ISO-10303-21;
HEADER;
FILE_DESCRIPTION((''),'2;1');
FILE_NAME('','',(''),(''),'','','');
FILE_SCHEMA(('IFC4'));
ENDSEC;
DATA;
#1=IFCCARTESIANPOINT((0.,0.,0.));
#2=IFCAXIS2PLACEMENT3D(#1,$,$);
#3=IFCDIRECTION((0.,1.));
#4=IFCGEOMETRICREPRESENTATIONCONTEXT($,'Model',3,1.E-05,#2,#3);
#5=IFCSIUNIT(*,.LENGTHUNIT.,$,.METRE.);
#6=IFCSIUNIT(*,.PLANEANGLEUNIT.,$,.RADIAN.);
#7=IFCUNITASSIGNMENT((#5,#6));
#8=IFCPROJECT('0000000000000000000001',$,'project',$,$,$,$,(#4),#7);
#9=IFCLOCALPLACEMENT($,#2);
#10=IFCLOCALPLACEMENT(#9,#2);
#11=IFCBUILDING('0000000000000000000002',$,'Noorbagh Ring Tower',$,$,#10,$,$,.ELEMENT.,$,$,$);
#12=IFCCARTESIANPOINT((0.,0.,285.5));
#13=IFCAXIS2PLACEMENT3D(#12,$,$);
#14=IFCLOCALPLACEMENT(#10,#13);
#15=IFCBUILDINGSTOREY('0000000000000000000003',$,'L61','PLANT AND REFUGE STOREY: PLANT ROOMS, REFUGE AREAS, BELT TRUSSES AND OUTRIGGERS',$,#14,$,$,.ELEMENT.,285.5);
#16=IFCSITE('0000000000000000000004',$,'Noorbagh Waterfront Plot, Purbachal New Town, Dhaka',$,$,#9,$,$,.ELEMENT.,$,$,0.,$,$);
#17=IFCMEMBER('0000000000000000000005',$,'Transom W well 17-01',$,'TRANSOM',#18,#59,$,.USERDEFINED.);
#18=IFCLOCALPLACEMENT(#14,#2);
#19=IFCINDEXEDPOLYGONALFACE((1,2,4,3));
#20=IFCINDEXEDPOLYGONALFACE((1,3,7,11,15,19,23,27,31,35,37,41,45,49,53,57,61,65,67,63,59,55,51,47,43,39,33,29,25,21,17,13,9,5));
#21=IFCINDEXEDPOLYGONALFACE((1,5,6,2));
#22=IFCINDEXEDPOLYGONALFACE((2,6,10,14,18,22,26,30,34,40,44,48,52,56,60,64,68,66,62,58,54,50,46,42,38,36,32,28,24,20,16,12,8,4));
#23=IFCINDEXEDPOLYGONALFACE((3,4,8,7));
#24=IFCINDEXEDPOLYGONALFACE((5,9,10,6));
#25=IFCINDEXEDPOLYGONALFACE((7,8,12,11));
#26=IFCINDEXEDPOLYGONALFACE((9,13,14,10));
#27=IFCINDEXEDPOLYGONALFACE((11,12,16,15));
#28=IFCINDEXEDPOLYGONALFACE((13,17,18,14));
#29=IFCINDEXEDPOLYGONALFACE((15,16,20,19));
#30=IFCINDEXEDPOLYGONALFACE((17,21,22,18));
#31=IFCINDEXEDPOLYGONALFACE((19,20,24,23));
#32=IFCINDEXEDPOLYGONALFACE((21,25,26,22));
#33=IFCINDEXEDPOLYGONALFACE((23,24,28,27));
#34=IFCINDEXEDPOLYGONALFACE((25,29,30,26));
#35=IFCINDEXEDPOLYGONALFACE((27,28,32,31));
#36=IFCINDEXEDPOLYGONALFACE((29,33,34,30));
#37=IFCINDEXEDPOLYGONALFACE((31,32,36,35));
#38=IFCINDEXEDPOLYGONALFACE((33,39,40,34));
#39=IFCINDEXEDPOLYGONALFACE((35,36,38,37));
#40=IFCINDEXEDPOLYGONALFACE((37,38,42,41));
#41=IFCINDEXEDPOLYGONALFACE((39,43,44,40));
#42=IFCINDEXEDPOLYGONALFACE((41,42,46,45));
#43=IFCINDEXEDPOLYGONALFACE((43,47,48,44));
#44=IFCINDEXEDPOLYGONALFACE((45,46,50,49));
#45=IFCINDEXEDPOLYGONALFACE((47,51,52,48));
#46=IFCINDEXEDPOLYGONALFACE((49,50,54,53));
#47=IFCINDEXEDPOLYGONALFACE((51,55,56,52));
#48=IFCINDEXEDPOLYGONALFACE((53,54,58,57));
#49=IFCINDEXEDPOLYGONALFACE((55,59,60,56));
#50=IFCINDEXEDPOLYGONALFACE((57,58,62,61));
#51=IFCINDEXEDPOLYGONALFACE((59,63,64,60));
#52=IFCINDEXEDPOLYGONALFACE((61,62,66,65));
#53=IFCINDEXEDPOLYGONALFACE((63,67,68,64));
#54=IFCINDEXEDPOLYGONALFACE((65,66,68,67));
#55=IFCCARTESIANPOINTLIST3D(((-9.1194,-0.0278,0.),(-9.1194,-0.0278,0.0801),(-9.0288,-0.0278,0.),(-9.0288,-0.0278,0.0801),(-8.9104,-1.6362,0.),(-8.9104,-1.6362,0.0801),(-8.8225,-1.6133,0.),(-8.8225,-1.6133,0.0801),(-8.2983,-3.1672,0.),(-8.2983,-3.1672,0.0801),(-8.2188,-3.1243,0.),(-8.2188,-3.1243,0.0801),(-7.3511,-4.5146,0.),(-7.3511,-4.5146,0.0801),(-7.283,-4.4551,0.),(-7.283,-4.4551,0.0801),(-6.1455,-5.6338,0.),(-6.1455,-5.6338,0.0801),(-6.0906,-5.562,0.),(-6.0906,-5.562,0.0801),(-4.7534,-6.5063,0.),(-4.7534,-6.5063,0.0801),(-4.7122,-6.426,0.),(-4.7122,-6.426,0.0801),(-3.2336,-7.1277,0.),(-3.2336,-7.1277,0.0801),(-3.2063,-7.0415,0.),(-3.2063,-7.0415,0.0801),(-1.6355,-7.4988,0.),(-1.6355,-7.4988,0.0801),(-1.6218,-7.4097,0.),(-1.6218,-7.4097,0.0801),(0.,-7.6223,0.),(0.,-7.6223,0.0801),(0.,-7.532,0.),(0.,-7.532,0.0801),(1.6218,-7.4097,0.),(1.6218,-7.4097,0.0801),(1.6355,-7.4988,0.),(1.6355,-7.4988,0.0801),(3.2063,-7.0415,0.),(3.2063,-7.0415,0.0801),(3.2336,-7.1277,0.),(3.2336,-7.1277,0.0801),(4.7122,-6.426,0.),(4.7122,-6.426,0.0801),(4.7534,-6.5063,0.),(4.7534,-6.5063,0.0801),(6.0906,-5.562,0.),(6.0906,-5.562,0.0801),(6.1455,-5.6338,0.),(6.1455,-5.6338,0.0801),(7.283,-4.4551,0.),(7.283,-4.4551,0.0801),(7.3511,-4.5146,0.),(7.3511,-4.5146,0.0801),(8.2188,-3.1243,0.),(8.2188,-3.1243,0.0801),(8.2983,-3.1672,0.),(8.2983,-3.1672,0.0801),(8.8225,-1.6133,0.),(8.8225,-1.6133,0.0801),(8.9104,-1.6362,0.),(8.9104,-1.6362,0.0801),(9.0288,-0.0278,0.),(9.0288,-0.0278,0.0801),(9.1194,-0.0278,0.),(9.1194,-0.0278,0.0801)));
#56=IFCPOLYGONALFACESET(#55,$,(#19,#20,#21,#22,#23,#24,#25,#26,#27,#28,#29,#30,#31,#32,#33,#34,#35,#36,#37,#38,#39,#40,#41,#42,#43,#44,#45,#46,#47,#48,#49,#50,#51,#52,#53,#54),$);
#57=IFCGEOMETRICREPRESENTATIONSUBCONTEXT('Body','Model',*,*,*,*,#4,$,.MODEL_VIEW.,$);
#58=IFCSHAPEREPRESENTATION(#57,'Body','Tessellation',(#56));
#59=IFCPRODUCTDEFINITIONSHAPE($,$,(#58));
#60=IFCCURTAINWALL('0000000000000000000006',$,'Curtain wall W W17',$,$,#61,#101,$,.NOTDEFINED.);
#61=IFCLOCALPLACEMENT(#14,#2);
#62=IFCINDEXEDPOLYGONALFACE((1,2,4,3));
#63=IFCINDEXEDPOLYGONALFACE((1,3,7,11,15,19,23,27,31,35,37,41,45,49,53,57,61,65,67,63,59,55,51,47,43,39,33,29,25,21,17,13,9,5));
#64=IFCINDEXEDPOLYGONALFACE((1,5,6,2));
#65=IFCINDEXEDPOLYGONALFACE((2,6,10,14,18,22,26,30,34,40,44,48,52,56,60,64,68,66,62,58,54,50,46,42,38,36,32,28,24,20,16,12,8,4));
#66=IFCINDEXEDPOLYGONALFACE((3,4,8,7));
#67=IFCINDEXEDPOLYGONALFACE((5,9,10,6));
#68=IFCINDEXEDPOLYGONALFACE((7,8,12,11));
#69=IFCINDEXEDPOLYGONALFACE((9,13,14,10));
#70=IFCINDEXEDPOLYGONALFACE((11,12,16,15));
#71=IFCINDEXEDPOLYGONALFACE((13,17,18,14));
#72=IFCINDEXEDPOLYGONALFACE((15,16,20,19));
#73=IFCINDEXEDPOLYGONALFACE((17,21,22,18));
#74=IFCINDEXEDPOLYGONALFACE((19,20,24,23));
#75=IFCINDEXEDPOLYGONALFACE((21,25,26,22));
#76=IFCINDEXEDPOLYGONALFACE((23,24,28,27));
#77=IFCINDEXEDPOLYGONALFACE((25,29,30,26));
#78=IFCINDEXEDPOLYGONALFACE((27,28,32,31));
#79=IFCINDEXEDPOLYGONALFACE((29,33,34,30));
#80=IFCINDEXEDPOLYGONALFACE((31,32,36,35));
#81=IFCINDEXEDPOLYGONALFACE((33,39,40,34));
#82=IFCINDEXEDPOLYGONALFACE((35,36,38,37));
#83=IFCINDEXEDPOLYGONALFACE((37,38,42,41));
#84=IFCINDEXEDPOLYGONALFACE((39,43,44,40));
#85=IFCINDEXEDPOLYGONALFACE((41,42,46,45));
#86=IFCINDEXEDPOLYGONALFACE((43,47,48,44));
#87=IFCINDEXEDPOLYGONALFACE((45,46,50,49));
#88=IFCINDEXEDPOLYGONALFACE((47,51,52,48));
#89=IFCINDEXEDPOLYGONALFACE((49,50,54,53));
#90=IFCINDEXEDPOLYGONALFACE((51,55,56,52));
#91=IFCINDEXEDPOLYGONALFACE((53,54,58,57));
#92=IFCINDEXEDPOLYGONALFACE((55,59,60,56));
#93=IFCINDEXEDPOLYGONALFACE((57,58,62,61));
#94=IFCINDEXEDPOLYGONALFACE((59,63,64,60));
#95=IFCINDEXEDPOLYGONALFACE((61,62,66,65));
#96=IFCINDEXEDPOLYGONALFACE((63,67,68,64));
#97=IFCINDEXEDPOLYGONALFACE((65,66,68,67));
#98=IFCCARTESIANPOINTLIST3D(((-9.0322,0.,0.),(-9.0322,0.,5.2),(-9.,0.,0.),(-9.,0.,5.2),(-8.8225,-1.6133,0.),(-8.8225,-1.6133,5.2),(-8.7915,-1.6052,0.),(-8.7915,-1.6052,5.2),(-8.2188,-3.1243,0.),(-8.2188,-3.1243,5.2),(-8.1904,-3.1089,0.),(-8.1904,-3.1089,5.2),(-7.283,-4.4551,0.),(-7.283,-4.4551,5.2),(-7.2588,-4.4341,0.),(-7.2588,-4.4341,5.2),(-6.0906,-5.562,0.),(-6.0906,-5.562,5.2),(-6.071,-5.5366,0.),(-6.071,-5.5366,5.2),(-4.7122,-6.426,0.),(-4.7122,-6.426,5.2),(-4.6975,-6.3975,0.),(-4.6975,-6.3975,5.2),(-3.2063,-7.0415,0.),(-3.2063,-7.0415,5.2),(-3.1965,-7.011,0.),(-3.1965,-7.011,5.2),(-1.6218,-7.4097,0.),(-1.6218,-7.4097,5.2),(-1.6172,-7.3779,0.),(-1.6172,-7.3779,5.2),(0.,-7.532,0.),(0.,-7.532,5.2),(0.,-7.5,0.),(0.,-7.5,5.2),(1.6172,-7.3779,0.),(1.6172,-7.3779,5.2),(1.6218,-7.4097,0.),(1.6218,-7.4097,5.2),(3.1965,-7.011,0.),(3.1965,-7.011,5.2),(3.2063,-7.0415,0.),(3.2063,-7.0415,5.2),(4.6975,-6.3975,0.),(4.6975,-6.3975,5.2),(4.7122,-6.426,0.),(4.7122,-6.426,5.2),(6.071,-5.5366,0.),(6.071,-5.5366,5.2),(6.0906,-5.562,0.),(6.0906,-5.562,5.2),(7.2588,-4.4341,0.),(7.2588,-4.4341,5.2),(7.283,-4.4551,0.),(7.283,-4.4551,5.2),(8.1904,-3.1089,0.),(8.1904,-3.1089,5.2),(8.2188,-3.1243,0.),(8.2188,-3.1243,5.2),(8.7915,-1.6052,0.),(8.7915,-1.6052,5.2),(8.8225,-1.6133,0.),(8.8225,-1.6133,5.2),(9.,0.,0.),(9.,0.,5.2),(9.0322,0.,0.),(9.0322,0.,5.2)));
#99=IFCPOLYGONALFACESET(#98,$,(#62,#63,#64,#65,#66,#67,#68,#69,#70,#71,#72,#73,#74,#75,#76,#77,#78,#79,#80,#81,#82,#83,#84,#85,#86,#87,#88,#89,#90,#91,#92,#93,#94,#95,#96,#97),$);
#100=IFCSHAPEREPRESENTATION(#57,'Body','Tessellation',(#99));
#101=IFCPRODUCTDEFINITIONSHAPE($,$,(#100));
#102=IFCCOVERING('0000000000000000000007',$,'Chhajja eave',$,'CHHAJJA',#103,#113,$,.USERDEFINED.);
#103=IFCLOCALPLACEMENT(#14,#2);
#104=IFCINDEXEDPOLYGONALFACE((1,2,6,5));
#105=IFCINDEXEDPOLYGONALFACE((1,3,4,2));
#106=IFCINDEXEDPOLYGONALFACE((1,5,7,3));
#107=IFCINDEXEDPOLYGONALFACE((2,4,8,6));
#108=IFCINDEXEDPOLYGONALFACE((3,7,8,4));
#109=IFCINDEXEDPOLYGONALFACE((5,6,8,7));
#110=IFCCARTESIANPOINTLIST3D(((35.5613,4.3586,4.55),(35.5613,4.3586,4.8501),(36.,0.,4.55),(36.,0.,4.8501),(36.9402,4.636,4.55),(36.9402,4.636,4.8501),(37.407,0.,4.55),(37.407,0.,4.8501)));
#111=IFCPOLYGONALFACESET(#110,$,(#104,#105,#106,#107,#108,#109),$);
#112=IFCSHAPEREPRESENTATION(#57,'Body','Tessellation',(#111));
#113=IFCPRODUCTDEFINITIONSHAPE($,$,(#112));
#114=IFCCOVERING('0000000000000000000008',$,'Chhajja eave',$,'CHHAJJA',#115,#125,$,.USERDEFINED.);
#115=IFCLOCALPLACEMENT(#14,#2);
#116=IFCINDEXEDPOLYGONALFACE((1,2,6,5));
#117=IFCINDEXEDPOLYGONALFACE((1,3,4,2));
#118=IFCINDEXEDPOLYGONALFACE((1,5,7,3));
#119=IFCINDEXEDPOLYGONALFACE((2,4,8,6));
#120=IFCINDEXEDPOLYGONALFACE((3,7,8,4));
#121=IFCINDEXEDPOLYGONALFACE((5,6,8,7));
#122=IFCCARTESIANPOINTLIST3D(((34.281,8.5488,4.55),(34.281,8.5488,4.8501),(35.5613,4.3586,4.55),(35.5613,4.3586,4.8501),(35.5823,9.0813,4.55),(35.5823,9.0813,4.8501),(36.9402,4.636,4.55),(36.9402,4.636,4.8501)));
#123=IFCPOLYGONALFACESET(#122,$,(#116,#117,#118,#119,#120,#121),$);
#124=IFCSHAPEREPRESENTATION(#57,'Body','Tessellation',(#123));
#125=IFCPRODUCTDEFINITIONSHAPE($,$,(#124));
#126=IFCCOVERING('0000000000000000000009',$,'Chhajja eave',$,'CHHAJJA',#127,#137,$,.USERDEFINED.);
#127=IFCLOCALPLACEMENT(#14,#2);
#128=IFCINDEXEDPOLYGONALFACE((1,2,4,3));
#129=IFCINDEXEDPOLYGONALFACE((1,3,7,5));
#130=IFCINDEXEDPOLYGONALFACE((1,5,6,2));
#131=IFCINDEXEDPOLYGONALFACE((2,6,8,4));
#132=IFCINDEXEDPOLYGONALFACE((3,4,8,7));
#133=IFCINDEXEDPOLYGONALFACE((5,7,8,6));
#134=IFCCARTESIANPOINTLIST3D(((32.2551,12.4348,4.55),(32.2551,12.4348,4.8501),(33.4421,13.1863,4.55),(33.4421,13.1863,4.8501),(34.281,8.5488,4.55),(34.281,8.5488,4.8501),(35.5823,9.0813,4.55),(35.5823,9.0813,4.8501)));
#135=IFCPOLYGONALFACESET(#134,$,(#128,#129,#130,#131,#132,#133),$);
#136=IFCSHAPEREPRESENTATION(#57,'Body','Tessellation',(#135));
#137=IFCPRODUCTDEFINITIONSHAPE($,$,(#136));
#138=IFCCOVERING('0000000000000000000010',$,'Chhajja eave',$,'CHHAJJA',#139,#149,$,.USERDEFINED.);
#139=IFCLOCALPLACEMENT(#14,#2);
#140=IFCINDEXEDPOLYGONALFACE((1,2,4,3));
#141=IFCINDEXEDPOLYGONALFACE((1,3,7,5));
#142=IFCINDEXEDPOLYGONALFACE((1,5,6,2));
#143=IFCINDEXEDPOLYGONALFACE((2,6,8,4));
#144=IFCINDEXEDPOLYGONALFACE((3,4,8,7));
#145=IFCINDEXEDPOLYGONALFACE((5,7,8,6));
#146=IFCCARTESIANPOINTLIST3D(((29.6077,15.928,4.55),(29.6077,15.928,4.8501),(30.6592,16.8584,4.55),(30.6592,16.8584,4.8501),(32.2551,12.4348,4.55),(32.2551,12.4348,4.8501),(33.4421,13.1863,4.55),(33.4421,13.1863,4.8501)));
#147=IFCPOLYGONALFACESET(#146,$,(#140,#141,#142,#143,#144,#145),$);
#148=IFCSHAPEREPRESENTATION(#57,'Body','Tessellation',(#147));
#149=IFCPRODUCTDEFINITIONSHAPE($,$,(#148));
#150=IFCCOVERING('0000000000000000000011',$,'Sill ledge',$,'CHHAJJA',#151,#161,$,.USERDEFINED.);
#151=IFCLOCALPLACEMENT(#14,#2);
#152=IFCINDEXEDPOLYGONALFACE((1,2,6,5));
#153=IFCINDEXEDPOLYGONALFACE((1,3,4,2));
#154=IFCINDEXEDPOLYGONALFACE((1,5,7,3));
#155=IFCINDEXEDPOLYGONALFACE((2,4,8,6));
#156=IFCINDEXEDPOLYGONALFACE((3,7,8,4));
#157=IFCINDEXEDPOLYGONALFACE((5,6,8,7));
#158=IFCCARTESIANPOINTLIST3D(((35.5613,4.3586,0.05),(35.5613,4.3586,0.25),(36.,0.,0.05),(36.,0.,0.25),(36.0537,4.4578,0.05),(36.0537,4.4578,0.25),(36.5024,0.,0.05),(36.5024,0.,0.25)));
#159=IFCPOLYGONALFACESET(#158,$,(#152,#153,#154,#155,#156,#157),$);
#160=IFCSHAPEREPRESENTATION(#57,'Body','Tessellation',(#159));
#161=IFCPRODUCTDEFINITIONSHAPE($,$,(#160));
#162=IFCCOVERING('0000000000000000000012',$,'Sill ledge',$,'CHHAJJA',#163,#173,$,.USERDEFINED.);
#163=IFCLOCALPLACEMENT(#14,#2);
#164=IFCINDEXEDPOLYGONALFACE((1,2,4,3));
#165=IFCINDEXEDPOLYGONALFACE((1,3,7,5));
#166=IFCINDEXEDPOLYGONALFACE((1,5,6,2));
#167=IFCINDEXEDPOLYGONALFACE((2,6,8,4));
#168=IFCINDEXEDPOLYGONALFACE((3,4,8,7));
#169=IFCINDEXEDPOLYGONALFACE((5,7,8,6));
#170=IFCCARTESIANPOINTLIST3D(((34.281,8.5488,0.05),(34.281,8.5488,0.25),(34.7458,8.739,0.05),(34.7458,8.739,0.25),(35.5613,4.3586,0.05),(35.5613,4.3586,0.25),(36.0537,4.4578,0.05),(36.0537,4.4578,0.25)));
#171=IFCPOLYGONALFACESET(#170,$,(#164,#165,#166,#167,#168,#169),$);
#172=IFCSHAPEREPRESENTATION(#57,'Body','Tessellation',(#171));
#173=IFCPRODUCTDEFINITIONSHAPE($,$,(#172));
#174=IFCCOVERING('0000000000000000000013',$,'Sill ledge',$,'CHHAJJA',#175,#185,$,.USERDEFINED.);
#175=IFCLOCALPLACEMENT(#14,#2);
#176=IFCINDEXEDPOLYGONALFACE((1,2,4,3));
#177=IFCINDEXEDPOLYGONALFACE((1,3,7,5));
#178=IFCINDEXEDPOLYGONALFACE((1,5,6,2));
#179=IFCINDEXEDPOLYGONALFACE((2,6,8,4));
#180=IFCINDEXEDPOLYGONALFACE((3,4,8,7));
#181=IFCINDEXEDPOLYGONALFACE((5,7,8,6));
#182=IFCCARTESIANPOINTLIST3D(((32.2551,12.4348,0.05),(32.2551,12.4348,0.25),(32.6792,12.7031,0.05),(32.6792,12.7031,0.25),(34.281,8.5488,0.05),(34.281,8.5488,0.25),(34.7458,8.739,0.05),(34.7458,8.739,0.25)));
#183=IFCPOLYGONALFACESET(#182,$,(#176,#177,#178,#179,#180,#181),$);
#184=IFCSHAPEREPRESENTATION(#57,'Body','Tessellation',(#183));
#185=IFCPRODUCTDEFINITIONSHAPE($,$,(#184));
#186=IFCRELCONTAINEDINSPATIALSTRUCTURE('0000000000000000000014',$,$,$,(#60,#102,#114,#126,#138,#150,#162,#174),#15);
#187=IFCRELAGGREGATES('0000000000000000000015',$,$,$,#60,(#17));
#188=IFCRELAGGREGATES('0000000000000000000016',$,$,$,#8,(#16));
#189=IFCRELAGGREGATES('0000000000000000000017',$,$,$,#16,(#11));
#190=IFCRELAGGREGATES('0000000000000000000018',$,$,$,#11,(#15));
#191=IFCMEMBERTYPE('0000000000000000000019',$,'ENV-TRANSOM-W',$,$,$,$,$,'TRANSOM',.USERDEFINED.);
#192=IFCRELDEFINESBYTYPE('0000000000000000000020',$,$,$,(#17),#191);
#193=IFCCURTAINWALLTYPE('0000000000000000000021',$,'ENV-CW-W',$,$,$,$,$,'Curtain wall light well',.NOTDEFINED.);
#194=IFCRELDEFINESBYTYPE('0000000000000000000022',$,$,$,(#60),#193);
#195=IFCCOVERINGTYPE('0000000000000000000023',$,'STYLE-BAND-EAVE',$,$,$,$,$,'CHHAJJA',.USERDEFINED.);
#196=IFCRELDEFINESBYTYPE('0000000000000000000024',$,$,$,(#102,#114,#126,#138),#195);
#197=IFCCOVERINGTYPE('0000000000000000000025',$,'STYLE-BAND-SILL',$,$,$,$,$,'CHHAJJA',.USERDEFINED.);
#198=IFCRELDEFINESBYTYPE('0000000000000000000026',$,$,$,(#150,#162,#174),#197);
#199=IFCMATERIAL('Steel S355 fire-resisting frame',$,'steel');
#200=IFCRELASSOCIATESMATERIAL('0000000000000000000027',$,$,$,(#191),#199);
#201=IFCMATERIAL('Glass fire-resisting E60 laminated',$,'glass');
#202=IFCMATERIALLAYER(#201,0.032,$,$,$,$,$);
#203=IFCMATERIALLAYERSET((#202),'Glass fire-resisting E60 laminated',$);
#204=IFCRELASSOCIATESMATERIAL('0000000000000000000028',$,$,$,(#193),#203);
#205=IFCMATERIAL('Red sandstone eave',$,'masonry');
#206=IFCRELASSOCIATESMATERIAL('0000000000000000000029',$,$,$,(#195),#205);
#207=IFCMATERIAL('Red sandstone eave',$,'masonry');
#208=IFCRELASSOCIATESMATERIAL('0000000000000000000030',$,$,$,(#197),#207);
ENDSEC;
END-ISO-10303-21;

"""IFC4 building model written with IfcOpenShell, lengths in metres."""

from ifc_helpers import new_model, si_unit, direction, frame, origin, place, context, subcontext, project, spatial, polyline, outline, extrude, material, layer, layer_set, type_object, element, aggregate, save


model = new_model("IFC4")

# Units and contexts
model_context = context("Model", 3, precision=1e-05, world=origin(), true_north=direction((0.0, 1.0)))
body_context = subcontext(model_context, "Body", "Model", "MODEL_VIEW")
ifc_project = project(units=[si_unit("LENGTHUNIT", "METRE"), si_unit("PLANEANGLEUNIT", "RADIAN")], contexts=[model_context])

# Member
site_placement = place(None, origin())
building_placement = place(site_placement, origin())
storey_placement = place(building_placement, frame((0.0, 0.0, 285.5)))
ifc_material_1 = material(Name="Steel S355 fire-resisting frame", Category="steel")
member_type_1 = type_object("IfcMemberType", Name="ENV-TRANSOM-W", ElementType="TRANSOM", PredefinedType="USERDEFINED", material=ifc_material_1)
member_1_placement = place(storey_placement, origin())
member_1 = element("IfcMember", 1, at=member_1_placement, type_object=member_type_1, Name="Transom W well 17-01", ObjectType="TRANSOM", PredefinedType="USERDEFINED", context=body_context, shape_type="SweptSolid", body=[
    extrude(outline(polyline([(-9.1194, -0.0278), (-8.9104, -1.6362), (-8.2983, -3.1672), (-7.3511, -4.5146), (-6.1455, -5.6338), (-4.7534, -6.5063), (-3.2336, -7.1277), (-1.6355, -7.4988), (0.0, -7.6223), (1.6355, -7.4988), (3.2336, -7.1277), (4.7534, -6.5063), (6.1455, -5.6338), (7.3511, -4.5146), (8.2983, -3.1672), (8.9104, -1.6362), (9.1194, -0.0278), (9.0288, -0.0278), (8.8225, -1.6133), (8.2188, -3.1243), (7.283, -4.4551), (6.0906, -5.562), (4.7122, -6.426), (3.2063, -7.0415), (1.6218, -7.4097), (0.0, -7.532), (-1.6218, -7.4097), (-3.2063, -7.0415), (-4.7122, -6.426), (-6.0906, -5.562), (-7.283, -4.4551), (-8.2188, -3.1243), (-8.8225, -1.6133), (-9.0288, -0.0278), (-9.1194, -0.0278)])), origin(), (0.0, 0.0, 1.0), 0.0801),
])

# Site, building, storey
site = spatial("IfcSite", under=ifc_project, at=site_placement, Name="Noorbagh Waterfront Plot, Purbachal New Town, Dhaka", CompositionType="ELEMENT", RefElevation=0.0)
building = spatial("IfcBuilding", under=site, at=building_placement, Name="Noorbagh Ring Tower", CompositionType="ELEMENT")
storey = spatial("IfcBuildingStorey", under=building, at=storey_placement, Name="L61", Description="PLANT AND REFUGE STOREY: PLANT ROOMS, REFUGE AREAS, BELT TRUSSES AND OUTRIGGERS", CompositionType="ELEMENT", Elevation=285.5)

# Curtain wall
ifc_material_2 = material(Name="Glass fire-resisting E60 laminated", Category="glass")
ifc_layer_1 = layer(ifc_material_2, 0.032)
ifc_layer_set_1 = layer_set([ifc_layer_1], Name="Glass fire-resisting E60 laminated")
curtain_wall_type_1 = type_object("IfcCurtainWallType", Name="ENV-CW-W", ElementType="Curtain wall light well", PredefinedType="NOTDEFINED", material=ifc_layer_set_1)
curtain_wall_1_placement = place(storey_placement, origin())
curtain_wall_1 = element("IfcCurtainWall", 2, at=curtain_wall_1_placement, inside=storey, type_object=curtain_wall_type_1, Name="Curtain wall W W17", PredefinedType="NOTDEFINED", context=body_context, shape_type="SweptSolid", body=[
    extrude(outline(polyline([(-9.0322, 0.0), (-8.8225, -1.6133), (-8.2188, -3.1243), (-7.283, -4.4551), (-6.0906, -5.562), (-4.7122, -6.426), (-3.2063, -7.0415), (-1.6218, -7.4097), (0.0, -7.532), (1.6218, -7.4097), (3.2063, -7.0415), (4.7122, -6.426), (6.0906, -5.562), (7.283, -4.4551), (8.2188, -3.1243), (8.8225, -1.6133), (9.0322, 0.0), (9.0, 0.0), (8.7915, -1.6052), (8.1904, -3.1089), (7.2588, -4.4341), (6.071, -5.5366), (4.6975, -6.3975), (3.1965, -7.011), (1.6172, -7.3779), (0.0, -7.5), (-1.6172, -7.3779), (-3.1965, -7.011), (-4.6975, -6.3975), (-6.071, -5.5366), (-7.2588, -4.4341), (-8.1904, -3.1089), (-8.7915, -1.6052), (-9.0, 0.0), (-9.0322, 0.0)])), origin(), (0.0, 0.0, 1.0), 5.2),
])
aggregate(curtain_wall_1, [member_1])

# Coverings
ifc_material_3 = material(Name="Red sandstone eave", Category="masonry")
covering_type_1 = type_object("IfcCoveringType", Name="STYLE-BAND-EAVE", ElementType="CHHAJJA", PredefinedType="USERDEFINED", material=ifc_material_3)
covering_1_placement = place(storey_placement, frame((0.0, 0.0, 4.55)))
element("IfcCovering", 3, at=covering_1_placement, inside=storey, type_object=covering_type_1, Name="Chhajja eave", ObjectType="CHHAJJA", PredefinedType="USERDEFINED", context=body_context, shape_type="SweptSolid", body=[
    extrude(outline(polyline([(36.0, 0.0), (35.5613, 4.3586), (36.9402, 4.636), (37.407, 0.0), (36.0, 0.0)])), origin(), (0.0, 0.0, 1.0), 0.3),
])
covering_2_placement = place(storey_placement, frame((0.0, 0.0, 4.55)))
element("IfcCovering", 4, at=covering_2_placement, inside=storey, type_object=covering_type_1, Name="Chhajja eave", ObjectType="CHHAJJA", PredefinedType="USERDEFINED", context=body_context, shape_type="SweptSolid", body=[
    extrude(outline(polyline([(35.5613, 4.3586), (34.281, 8.5488), (35.5823, 9.0813), (36.9402, 4.636), (35.5613, 4.3586)])), origin(), (0.0, 0.0, 1.0), 0.3),
])
covering_3_placement = place(storey_placement, frame((0.0, 0.0, 4.55)))
element("IfcCovering", 5, at=covering_3_placement, inside=storey, type_object=covering_type_1, Name="Chhajja eave", ObjectType="CHHAJJA", PredefinedType="USERDEFINED", context=body_context, shape_type="SweptSolid", body=[
    extrude(outline(polyline([(34.281, 8.5488), (32.2551, 12.4348), (33.4421, 13.1863), (35.5823, 9.0813), (34.281, 8.5488)])), origin(), (0.0, 0.0, 1.0), 0.3),
])
covering_4_placement = place(storey_placement, frame((0.0, 0.0, 4.55)))
element("IfcCovering", 6, at=covering_4_placement, inside=storey, type_object=covering_type_1, Name="Chhajja eave", ObjectType="CHHAJJA", PredefinedType="USERDEFINED", context=body_context, shape_type="SweptSolid", body=[
    extrude(outline(polyline([(32.2551, 12.4348), (29.6077, 15.928), (30.6592, 16.8584), (33.4421, 13.1863), (32.2551, 12.4348)])), origin(), (0.0, 0.0, 1.0), 0.3),
])
ifc_material_4 = material(Name="Red sandstone eave", Category="masonry")
covering_type_2 = type_object("IfcCoveringType", Name="STYLE-BAND-SILL", ElementType="CHHAJJA", PredefinedType="USERDEFINED", material=ifc_material_4)
covering_5_placement = place(storey_placement, frame((0.0, 0.0, 0.05)))
element("IfcCovering", 7, at=covering_5_placement, inside=storey, type_object=covering_type_2, Name="Sill ledge", ObjectType="CHHAJJA", PredefinedType="USERDEFINED", context=body_context, shape_type="SweptSolid", body=[
    extrude(outline(polyline([(36.0, 0.0), (35.5613, 4.3586), (36.0537, 4.4578), (36.5024, 0.0), (36.0, 0.0)])), origin(), (0.0, 0.0, 1.0), 0.2),
])
covering_6_placement = place(storey_placement, frame((0.0, 0.0, 0.05)))
element("IfcCovering", 8, at=covering_6_placement, inside=storey, type_object=covering_type_2, Name="Sill ledge", ObjectType="CHHAJJA", PredefinedType="USERDEFINED", context=body_context, shape_type="SweptSolid", body=[
    extrude(outline(polyline([(35.5613, 4.3586), (34.281, 8.5488), (34.7458, 8.739), (36.0537, 4.4578), (35.5613, 4.3586)])), origin(), (0.0, 0.0, 1.0), 0.2),
])
covering_7_placement = place(storey_placement, frame((0.0, 0.0, 0.05)))
element("IfcCovering", 9, at=covering_7_placement, inside=storey, type_object=covering_type_2, Name="Sill ledge", ObjectType="CHHAJJA", PredefinedType="USERDEFINED", context=body_context, shape_type="SweptSolid", body=[
    extrude(outline(polyline([(34.281, 8.5488), (32.2551, 12.4348), (32.6792, 12.7031), (34.7458, 8.739), (34.281, 8.5488)])), origin(), (0.0, 0.0, 1.0), 0.2),
])

save(model, "model.ifc")
